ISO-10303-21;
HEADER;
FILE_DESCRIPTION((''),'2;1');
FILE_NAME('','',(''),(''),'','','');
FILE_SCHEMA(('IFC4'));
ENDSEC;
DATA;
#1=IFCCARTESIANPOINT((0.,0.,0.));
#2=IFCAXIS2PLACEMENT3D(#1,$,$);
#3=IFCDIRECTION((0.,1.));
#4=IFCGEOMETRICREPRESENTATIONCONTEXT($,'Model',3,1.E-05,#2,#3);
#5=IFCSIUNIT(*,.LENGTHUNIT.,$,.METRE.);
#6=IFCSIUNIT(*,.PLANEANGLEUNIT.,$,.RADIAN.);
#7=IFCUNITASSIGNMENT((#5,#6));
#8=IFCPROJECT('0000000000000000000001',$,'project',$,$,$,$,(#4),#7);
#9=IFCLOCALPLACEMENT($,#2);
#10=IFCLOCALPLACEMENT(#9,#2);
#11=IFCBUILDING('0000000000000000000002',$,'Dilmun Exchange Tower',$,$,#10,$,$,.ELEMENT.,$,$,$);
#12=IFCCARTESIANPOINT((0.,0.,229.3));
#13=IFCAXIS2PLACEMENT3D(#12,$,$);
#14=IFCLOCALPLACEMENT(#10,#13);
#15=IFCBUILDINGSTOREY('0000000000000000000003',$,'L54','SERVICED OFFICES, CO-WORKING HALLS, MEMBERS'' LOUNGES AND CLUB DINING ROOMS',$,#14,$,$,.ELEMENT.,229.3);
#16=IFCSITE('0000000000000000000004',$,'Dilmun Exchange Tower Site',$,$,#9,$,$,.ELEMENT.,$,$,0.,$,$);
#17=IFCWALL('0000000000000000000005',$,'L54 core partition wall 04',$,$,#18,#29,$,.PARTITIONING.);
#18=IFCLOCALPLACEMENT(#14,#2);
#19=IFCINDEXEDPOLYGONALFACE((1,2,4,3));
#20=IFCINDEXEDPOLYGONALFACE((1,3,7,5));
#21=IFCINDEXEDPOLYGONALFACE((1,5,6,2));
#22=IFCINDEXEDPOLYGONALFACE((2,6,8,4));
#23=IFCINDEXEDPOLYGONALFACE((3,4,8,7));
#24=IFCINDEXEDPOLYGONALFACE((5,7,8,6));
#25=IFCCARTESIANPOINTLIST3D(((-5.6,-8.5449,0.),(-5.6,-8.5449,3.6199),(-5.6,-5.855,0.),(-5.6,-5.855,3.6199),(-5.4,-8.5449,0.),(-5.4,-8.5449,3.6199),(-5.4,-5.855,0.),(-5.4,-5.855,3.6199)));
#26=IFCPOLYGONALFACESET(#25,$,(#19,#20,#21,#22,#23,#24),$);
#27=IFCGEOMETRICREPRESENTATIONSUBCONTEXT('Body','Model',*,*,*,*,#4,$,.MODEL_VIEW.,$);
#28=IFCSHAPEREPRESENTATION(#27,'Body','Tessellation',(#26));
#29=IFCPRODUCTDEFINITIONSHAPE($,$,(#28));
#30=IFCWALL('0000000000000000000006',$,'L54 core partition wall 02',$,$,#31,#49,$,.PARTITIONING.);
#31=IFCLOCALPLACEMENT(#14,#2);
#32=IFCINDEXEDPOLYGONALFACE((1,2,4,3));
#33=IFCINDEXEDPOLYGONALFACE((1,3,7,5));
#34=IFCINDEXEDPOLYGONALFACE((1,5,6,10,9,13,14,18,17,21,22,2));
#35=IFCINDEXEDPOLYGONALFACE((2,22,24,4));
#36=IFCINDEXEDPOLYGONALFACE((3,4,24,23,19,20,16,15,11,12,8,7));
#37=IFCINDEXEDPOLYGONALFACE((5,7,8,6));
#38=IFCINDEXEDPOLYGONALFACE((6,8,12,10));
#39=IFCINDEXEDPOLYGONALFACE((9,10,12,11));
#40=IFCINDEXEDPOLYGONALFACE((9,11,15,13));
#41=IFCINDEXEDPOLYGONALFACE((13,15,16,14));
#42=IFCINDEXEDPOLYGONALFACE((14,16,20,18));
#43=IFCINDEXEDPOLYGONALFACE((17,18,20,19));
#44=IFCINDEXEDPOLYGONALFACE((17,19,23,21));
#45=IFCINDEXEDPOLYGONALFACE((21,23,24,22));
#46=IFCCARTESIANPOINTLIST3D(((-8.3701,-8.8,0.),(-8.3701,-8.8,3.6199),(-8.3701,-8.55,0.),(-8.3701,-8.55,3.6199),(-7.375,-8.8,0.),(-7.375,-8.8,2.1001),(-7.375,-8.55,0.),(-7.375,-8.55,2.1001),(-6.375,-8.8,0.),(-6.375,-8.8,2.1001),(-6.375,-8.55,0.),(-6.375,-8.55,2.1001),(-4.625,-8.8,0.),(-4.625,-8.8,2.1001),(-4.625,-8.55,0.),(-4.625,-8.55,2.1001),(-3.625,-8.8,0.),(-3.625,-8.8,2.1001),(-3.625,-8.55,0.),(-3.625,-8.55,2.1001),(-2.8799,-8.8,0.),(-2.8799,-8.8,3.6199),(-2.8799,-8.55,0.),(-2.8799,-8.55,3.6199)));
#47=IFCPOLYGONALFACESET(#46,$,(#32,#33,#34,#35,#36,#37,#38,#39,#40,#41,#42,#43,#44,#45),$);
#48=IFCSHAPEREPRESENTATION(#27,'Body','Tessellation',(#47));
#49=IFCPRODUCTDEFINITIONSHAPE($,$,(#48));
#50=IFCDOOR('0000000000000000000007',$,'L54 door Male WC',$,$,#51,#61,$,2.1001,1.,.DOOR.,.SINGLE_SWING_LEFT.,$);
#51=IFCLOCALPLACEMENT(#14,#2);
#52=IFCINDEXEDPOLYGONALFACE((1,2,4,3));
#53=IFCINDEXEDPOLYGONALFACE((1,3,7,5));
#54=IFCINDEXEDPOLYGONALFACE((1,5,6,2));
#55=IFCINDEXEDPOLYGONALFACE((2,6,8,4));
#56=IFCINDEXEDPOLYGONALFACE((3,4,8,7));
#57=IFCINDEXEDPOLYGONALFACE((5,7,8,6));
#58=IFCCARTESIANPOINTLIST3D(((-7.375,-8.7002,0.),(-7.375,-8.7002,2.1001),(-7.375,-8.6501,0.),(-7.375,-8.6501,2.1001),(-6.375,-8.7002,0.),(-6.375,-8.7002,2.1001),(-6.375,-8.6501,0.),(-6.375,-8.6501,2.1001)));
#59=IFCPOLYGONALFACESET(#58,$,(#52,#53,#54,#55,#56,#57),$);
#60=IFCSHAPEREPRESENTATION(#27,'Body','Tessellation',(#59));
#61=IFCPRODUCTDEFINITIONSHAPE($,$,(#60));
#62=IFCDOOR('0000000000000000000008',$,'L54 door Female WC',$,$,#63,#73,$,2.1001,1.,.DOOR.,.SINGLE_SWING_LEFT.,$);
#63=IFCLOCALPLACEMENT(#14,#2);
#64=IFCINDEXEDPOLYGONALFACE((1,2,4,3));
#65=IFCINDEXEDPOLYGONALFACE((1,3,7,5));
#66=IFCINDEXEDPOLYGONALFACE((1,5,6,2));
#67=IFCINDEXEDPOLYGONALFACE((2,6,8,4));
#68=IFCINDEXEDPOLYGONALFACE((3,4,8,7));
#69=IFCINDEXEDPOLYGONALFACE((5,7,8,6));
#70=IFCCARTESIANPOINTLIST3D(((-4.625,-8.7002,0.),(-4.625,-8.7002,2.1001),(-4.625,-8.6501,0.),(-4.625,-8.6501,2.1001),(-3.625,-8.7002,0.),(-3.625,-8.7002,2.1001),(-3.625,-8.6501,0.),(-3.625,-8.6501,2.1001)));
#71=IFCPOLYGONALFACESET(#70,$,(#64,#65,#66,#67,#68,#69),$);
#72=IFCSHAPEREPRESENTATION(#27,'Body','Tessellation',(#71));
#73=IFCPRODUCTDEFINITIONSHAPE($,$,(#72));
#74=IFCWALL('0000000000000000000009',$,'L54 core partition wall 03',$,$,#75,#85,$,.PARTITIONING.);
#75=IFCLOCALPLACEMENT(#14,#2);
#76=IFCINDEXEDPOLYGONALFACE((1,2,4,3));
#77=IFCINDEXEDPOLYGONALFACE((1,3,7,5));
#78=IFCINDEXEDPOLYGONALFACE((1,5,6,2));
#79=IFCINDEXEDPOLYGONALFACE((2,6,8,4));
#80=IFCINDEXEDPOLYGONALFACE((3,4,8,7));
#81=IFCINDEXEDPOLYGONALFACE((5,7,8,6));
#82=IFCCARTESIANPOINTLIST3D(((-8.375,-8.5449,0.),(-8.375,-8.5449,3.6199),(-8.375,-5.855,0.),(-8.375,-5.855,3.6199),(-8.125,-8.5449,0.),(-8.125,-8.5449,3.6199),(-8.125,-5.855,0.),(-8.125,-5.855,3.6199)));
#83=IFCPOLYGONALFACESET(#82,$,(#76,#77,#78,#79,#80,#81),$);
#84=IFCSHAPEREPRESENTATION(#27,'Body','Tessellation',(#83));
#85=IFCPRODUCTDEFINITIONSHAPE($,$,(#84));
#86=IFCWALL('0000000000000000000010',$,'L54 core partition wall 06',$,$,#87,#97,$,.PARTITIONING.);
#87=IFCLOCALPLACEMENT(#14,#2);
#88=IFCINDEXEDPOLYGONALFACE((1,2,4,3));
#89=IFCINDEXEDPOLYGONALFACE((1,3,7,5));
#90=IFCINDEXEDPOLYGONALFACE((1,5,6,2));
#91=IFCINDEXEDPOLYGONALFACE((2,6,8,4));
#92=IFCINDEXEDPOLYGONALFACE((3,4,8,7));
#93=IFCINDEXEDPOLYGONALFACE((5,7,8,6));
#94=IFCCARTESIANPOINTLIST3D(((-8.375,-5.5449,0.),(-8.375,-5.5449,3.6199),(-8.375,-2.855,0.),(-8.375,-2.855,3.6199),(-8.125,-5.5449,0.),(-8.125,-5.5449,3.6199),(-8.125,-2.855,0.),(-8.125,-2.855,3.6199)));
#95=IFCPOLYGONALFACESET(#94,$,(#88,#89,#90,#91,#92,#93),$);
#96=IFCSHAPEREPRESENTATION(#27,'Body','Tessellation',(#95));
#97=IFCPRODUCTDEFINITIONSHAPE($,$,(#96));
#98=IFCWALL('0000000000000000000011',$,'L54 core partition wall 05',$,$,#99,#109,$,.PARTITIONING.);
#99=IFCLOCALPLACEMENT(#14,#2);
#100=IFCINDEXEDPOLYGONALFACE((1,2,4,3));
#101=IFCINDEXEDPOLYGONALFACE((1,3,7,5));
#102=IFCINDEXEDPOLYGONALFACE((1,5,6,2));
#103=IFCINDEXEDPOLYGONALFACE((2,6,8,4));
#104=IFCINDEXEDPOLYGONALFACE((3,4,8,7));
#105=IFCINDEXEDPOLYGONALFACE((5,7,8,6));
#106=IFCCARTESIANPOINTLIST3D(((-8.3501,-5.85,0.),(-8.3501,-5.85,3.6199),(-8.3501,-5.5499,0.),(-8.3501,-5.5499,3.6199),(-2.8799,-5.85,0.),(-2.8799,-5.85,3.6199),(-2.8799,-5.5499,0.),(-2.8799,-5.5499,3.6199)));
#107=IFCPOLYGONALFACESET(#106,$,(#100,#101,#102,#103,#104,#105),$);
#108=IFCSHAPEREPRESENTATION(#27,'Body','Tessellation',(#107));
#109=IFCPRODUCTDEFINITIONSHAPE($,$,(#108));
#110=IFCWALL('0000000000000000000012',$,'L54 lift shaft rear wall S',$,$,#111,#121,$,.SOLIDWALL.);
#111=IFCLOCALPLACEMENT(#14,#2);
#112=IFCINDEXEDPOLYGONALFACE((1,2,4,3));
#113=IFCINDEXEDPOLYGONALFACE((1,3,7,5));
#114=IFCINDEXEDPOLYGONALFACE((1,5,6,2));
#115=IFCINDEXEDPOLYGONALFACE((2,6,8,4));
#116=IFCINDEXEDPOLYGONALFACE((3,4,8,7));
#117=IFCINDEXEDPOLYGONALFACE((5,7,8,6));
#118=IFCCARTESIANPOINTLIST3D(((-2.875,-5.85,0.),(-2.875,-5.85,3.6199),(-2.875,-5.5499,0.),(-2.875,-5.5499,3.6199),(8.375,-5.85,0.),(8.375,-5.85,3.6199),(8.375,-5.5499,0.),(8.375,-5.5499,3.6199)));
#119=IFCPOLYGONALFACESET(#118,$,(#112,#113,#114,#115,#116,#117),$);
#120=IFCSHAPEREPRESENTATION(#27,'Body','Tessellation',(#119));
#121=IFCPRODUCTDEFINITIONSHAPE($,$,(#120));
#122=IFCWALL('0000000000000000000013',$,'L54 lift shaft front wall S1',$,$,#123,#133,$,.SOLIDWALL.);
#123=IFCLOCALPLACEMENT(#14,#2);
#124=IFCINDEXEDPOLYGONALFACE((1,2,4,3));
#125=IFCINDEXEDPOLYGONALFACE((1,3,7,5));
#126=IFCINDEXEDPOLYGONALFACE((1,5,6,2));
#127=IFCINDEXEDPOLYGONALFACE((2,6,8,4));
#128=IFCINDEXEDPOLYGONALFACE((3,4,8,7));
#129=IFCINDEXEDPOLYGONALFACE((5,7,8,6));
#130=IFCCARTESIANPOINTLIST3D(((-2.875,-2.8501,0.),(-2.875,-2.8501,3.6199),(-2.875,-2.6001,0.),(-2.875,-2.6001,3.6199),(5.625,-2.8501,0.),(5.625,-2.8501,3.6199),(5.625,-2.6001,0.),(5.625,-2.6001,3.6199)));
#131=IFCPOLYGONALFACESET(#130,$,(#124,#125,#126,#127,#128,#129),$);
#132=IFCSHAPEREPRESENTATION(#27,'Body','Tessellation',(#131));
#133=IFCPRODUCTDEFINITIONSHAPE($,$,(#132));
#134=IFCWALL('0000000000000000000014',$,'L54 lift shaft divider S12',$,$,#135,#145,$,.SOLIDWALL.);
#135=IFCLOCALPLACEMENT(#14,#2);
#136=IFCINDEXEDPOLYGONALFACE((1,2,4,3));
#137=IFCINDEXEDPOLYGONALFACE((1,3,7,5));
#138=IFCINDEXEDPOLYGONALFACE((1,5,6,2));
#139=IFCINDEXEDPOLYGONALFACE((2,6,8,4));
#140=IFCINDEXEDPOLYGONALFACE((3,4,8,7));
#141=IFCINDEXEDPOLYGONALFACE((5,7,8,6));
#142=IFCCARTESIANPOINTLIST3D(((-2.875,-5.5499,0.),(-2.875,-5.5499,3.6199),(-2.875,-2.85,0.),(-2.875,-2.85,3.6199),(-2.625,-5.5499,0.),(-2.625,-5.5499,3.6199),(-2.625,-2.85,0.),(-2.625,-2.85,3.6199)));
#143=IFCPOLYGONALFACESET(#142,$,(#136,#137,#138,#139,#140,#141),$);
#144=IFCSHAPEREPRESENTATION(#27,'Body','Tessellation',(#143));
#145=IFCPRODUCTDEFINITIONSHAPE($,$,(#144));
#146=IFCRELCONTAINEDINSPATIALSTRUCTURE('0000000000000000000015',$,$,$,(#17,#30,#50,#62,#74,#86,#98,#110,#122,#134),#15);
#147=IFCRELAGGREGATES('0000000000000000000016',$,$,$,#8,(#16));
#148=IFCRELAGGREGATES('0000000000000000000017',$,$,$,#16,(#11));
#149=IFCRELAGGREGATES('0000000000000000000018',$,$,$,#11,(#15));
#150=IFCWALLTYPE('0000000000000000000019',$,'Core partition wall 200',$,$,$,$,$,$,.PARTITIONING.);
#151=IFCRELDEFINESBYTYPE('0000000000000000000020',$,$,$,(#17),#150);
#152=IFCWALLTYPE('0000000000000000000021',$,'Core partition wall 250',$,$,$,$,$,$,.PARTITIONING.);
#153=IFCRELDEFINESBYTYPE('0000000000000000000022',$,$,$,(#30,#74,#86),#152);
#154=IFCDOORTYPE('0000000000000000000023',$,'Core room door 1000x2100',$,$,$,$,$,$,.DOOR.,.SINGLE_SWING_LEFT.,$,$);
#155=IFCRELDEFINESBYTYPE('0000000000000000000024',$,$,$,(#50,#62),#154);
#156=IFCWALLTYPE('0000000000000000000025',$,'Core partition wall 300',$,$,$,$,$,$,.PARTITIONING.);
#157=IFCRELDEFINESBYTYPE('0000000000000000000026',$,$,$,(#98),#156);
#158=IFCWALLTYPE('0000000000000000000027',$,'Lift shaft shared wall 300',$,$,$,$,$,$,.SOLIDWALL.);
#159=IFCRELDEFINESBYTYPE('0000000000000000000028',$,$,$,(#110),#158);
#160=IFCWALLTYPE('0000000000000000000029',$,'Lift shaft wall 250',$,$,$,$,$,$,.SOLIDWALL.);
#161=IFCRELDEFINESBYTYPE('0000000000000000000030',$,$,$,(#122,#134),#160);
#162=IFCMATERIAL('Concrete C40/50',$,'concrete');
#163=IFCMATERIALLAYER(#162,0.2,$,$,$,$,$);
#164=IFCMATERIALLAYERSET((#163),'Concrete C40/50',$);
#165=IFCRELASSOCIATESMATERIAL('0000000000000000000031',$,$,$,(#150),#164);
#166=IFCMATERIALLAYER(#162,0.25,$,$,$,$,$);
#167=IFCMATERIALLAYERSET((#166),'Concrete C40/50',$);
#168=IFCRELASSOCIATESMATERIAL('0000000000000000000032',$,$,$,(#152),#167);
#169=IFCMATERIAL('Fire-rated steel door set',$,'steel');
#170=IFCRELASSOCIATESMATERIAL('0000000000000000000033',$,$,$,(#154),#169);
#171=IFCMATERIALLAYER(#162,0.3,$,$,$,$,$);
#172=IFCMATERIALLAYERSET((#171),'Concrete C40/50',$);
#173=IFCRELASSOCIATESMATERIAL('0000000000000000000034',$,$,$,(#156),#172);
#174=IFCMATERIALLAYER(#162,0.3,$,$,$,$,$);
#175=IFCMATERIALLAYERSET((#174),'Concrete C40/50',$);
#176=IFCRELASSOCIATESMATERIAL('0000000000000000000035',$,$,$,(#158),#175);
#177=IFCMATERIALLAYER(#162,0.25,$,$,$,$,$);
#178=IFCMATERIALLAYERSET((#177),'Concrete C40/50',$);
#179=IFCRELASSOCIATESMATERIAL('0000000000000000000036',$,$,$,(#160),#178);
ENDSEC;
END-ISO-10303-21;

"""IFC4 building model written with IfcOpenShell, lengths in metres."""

from ifc_helpers import new_model, si_unit, direction, frame, frame_2d, origin, place, context, subcontext, project, spatial, rectangle, extrude, material, layer, layer_set, type_object, element, fill, save


model = new_model("IFC4")

# Units and contexts
model_context = context("Model", 3, precision=1e-05, world=origin(), true_north=direction((0.0, 1.0)))
body_context = subcontext(model_context, "Body", "Model", "MODEL_VIEW")
ifc_project = project(units=[si_unit("LENGTHUNIT", "METRE"), si_unit("PLANEANGLEUNIT", "RADIAN")], contexts=[model_context])

# Site, building, storey
site_placement = place(None, origin())
site = spatial("IfcSite", under=ifc_project, at=site_placement, Name="Dilmun Exchange Tower Site", CompositionType="ELEMENT", RefElevation=0.0)
building_placement = place(site_placement, origin())
building = spatial("IfcBuilding", under=site, at=building_placement, Name="Dilmun Exchange Tower", CompositionType="ELEMENT")
storey_placement = place(building_placement, frame((0.0, 0.0, 229.3)))
storey = spatial("IfcBuildingStorey", under=building, at=storey_placement, Name="L54", Description="SERVICED OFFICES, CO-WORKING HALLS, MEMBERS' LOUNGES AND CLUB DINING ROOMS", CompositionType="ELEMENT", Elevation=229.3)

# Wall
ifc_material_1 = material(Name="Concrete C40/50", Category="concrete")
ifc_layer_1 = layer(ifc_material_1, 0.2)
ifc_layer_set_1 = layer_set([ifc_layer_1], Name="Concrete C40/50")
wall_type_1 = type_object("IfcWallType", Name="Core partition wall 200", PredefinedType="PARTITIONING", material=ifc_layer_set_1)
wall_1_placement = place(storey_placement, frame((-5.5, -8.5449, 0.0), z_axis=(0.0, 0.0, 1.0), x_axis=(0.0, 1.0, 0.0)))
element("IfcWall", 1, at=wall_1_placement, inside=storey, type_object=wall_type_1, Name="L54 core partition wall 04", PredefinedType="PARTITIONING", context=body_context, shape_type="SweptSolid", body=[
    extrude(rectangle(XDim=2.6899, YDim=0.2, at=frame_2d((1.345, 0.0))), origin(), (0.0, 0.0, 1.0), 3.6199),
])

# Shared definitions
ifc_material_2 = material(Name="Fire-rated steel door set", Category="steel")

# Wall, openings, doors
ifc_layer_2 = layer(ifc_material_1, 0.25)
ifc_layer_set_2 = layer_set([ifc_layer_2], Name="Concrete C40/50")
wall_type_2 = type_object("IfcWallType", Name="Core partition wall 250", PredefinedType="PARTITIONING", material=ifc_layer_set_2)
wall_2_placement = place(storey_placement, frame((-8.3701, -8.675, 0.0), z_axis=(0.0, 0.0, 1.0), x_axis=(1.0, 0.0, 0.0)))
wall_2 = element("IfcWall", 2, at=wall_2_placement, inside=storey, type_object=wall_type_2, Name="L54 core partition wall 02", PredefinedType="PARTITIONING", context=body_context, shape_type="SweptSolid", body=[
    extrude(rectangle(XDim=5.4902, YDim=0.25, at=frame_2d((2.7451, 0.0))), origin(), (0.0, 0.0, 1.0), 3.6199),
])
opening_1_placement = place(wall_2_placement, frame((0.9951, 0.0, 0.0)))
opening_1 = element("IfcOpeningElement", 3, at=opening_1_placement, cuts=wall_2, PredefinedType="OPENING", context=body_context, shape_type="SweptSolid", body=[
    extrude(rectangle(XDim=1.0, YDim=2.1001, at=frame_2d((0.5, 1.05))), frame((0.0, 0.135, 0.0), z_axis=(0.0, -1.0, 0.0), x_axis=(1.0, 0.0, 0.0)), (0.0, 0.0, 1.0), 0.27),
])
opening_2_placement = place(wall_2_placement, frame((3.7451, 0.0, 0.0)))
opening_2 = element("IfcOpeningElement", 4, at=opening_2_placement, cuts=wall_2, PredefinedType="OPENING", context=body_context, shape_type="SweptSolid", body=[
    extrude(rectangle(XDim=1.0, YDim=2.1001, at=frame_2d((0.5, 1.05))), frame((0.0, 0.135, 0.0), z_axis=(0.0, -1.0, 0.0), x_axis=(1.0, 0.0, 0.0)), (0.0, 0.0, 1.0), 0.27),
])
door_type_1 = type_object("IfcDoorType", Name="Core room door 1000x2100", OperationType="SINGLE_SWING_LEFT", PredefinedType="DOOR", material=ifc_material_2)
door_1_placement = place(opening_1_placement, origin())
door_1 = element("IfcDoor", 5, at=door_1_placement, inside=storey, type_object=door_type_1, Name="L54 door Male WC", OperationType="SINGLE_SWING_LEFT", OverallHeight=2.1001, OverallWidth=1.0, PredefinedType="DOOR", context=body_context, shape_type="SweptSolid", body=[
    extrude(rectangle(XDim=1.0, YDim=2.1001, at=frame_2d((0.5, 1.05))), frame((0.0, 0.0249, 0.0), z_axis=(0.0, -1.0, 0.0), x_axis=(1.0, 0.0, 0.0)), (0.0, 0.0, 1.0), 0.05),
])
fill(opening_1, door_1)
door_2_placement = place(opening_2_placement, origin())
door_2 = element("IfcDoor", 6, at=door_2_placement, inside=storey, type_object=door_type_1, Name="L54 door Female WC", OperationType="SINGLE_SWING_LEFT", OverallHeight=2.1001, OverallWidth=1.0, PredefinedType="DOOR", context=body_context, shape_type="SweptSolid", body=[
    extrude(rectangle(XDim=1.0, YDim=2.1001, at=frame_2d((0.5, 1.05))), frame((0.0, 0.0249, 0.0), z_axis=(0.0, -1.0, 0.0), x_axis=(1.0, 0.0, 0.0)), (0.0, 0.0, 1.0), 0.05),
])
fill(opening_2, door_2)

# Walls
for number, where, z_axis, x_axis, name in (
    (7, (-8.25, -8.5449, 0.0), (0.0, 0.0, 1.0), (0.0, 1.0, 0.0), "L54 core partition wall 03"),
    (8, (-8.25, -5.5449, 0.0), (0.0, 0.0, 1.0), (0.0, 1.0, 0.0), "L54 core partition wall 06"),
):
    element("IfcWall", number, at=place(storey_placement, frame(where, z_axis=z_axis, x_axis=x_axis)), inside=storey, type_object=wall_type_2, Name=name, PredefinedType="PARTITIONING", context=body_context, shape_type="SweptSolid", body=[
        extrude(rectangle(XDim=2.6899, YDim=0.25, at=frame_2d((1.345, 0.0))), origin(), (0.0, 0.0, 1.0), 3.6199),
    ])
ifc_layer_3 = layer(ifc_material_1, 0.3)
ifc_layer_set_3 = layer_set([ifc_layer_3], Name="Concrete C40/50")
wall_type_3 = type_object("IfcWallType", Name="Core partition wall 300", PredefinedType="PARTITIONING", material=ifc_layer_set_3)
wall_3_placement = place(storey_placement, frame((-8.3501, -5.7, 0.0), z_axis=(0.0, 0.0, 1.0), x_axis=(1.0, 0.0, 0.0)))
element("IfcWall", 9, at=wall_3_placement, inside=storey, type_object=wall_type_3, Name="L54 core partition wall 05", PredefinedType="PARTITIONING", context=body_context, shape_type="SweptSolid", body=[
    extrude(rectangle(XDim=5.4702, YDim=0.3, at=frame_2d((2.7351, 0.0))), origin(), (0.0, 0.0, 1.0), 3.6199),
])
ifc_layer_4 = layer(ifc_material_1, 0.3)
ifc_layer_set_4 = layer_set([ifc_layer_4], Name="Concrete C40/50")
wall_type_4 = type_object("IfcWallType", Name="Lift shaft shared wall 300", PredefinedType="SOLIDWALL", material=ifc_layer_set_4)
wall_4_placement = place(storey_placement, frame((-2.875, -5.7, 0.0), z_axis=(0.0, 0.0, 1.0), x_axis=(1.0, 0.0, 0.0)))
element("IfcWall", 10, at=wall_4_placement, inside=storey, type_object=wall_type_4, Name="L54 lift shaft rear wall S", PredefinedType="SOLIDWALL", context=body_context, shape_type="SweptSolid", body=[
    extrude(rectangle(XDim=11.25, YDim=0.3, at=frame_2d((5.625, 0.0))), origin(), (0.0, 0.0, 1.0), 3.6199),
])
ifc_layer_5 = layer(ifc_material_1, 0.25)
ifc_layer_set_5 = layer_set([ifc_layer_5], Name="Concrete C40/50")
wall_type_5 = type_object("IfcWallType", Name="Lift shaft wall 250", PredefinedType="SOLIDWALL", material=ifc_layer_set_5)
wall_5_placement = place(storey_placement, frame((-2.875, -2.7251, 0.0), z_axis=(0.0, 0.0, 1.0), x_axis=(1.0, 0.0, 0.0)))
element("IfcWall", 11, at=wall_5_placement, inside=storey, type_object=wall_type_5, Name="L54 lift shaft front wall S1", PredefinedType="SOLIDWALL", context=body_context, shape_type="SweptSolid", body=[
    extrude(rectangle(XDim=8.5, YDim=0.25, at=frame_2d((4.25, 0.0))), origin(), (0.0, 0.0, 1.0), 3.6199),
])
wall_6_placement = place(storey_placement, frame((-2.75, -5.55, 0.0), z_axis=(0.0, 0.0, 1.0), x_axis=(0.0, 1.0, 0.0)))
element("IfcWall", 12, at=wall_6_placement, inside=storey, type_object=wall_type_5, Name="L54 lift shaft divider S12", PredefinedType="SOLIDWALL", context=body_context, shape_type="SweptSolid", body=[
    extrude(rectangle(XDim=2.7, YDim=0.25, at=frame_2d((1.3501, 0.0))), origin(), (0.0, 0.0, 1.0), 3.6199),
])

save(model, "model.ifc")
